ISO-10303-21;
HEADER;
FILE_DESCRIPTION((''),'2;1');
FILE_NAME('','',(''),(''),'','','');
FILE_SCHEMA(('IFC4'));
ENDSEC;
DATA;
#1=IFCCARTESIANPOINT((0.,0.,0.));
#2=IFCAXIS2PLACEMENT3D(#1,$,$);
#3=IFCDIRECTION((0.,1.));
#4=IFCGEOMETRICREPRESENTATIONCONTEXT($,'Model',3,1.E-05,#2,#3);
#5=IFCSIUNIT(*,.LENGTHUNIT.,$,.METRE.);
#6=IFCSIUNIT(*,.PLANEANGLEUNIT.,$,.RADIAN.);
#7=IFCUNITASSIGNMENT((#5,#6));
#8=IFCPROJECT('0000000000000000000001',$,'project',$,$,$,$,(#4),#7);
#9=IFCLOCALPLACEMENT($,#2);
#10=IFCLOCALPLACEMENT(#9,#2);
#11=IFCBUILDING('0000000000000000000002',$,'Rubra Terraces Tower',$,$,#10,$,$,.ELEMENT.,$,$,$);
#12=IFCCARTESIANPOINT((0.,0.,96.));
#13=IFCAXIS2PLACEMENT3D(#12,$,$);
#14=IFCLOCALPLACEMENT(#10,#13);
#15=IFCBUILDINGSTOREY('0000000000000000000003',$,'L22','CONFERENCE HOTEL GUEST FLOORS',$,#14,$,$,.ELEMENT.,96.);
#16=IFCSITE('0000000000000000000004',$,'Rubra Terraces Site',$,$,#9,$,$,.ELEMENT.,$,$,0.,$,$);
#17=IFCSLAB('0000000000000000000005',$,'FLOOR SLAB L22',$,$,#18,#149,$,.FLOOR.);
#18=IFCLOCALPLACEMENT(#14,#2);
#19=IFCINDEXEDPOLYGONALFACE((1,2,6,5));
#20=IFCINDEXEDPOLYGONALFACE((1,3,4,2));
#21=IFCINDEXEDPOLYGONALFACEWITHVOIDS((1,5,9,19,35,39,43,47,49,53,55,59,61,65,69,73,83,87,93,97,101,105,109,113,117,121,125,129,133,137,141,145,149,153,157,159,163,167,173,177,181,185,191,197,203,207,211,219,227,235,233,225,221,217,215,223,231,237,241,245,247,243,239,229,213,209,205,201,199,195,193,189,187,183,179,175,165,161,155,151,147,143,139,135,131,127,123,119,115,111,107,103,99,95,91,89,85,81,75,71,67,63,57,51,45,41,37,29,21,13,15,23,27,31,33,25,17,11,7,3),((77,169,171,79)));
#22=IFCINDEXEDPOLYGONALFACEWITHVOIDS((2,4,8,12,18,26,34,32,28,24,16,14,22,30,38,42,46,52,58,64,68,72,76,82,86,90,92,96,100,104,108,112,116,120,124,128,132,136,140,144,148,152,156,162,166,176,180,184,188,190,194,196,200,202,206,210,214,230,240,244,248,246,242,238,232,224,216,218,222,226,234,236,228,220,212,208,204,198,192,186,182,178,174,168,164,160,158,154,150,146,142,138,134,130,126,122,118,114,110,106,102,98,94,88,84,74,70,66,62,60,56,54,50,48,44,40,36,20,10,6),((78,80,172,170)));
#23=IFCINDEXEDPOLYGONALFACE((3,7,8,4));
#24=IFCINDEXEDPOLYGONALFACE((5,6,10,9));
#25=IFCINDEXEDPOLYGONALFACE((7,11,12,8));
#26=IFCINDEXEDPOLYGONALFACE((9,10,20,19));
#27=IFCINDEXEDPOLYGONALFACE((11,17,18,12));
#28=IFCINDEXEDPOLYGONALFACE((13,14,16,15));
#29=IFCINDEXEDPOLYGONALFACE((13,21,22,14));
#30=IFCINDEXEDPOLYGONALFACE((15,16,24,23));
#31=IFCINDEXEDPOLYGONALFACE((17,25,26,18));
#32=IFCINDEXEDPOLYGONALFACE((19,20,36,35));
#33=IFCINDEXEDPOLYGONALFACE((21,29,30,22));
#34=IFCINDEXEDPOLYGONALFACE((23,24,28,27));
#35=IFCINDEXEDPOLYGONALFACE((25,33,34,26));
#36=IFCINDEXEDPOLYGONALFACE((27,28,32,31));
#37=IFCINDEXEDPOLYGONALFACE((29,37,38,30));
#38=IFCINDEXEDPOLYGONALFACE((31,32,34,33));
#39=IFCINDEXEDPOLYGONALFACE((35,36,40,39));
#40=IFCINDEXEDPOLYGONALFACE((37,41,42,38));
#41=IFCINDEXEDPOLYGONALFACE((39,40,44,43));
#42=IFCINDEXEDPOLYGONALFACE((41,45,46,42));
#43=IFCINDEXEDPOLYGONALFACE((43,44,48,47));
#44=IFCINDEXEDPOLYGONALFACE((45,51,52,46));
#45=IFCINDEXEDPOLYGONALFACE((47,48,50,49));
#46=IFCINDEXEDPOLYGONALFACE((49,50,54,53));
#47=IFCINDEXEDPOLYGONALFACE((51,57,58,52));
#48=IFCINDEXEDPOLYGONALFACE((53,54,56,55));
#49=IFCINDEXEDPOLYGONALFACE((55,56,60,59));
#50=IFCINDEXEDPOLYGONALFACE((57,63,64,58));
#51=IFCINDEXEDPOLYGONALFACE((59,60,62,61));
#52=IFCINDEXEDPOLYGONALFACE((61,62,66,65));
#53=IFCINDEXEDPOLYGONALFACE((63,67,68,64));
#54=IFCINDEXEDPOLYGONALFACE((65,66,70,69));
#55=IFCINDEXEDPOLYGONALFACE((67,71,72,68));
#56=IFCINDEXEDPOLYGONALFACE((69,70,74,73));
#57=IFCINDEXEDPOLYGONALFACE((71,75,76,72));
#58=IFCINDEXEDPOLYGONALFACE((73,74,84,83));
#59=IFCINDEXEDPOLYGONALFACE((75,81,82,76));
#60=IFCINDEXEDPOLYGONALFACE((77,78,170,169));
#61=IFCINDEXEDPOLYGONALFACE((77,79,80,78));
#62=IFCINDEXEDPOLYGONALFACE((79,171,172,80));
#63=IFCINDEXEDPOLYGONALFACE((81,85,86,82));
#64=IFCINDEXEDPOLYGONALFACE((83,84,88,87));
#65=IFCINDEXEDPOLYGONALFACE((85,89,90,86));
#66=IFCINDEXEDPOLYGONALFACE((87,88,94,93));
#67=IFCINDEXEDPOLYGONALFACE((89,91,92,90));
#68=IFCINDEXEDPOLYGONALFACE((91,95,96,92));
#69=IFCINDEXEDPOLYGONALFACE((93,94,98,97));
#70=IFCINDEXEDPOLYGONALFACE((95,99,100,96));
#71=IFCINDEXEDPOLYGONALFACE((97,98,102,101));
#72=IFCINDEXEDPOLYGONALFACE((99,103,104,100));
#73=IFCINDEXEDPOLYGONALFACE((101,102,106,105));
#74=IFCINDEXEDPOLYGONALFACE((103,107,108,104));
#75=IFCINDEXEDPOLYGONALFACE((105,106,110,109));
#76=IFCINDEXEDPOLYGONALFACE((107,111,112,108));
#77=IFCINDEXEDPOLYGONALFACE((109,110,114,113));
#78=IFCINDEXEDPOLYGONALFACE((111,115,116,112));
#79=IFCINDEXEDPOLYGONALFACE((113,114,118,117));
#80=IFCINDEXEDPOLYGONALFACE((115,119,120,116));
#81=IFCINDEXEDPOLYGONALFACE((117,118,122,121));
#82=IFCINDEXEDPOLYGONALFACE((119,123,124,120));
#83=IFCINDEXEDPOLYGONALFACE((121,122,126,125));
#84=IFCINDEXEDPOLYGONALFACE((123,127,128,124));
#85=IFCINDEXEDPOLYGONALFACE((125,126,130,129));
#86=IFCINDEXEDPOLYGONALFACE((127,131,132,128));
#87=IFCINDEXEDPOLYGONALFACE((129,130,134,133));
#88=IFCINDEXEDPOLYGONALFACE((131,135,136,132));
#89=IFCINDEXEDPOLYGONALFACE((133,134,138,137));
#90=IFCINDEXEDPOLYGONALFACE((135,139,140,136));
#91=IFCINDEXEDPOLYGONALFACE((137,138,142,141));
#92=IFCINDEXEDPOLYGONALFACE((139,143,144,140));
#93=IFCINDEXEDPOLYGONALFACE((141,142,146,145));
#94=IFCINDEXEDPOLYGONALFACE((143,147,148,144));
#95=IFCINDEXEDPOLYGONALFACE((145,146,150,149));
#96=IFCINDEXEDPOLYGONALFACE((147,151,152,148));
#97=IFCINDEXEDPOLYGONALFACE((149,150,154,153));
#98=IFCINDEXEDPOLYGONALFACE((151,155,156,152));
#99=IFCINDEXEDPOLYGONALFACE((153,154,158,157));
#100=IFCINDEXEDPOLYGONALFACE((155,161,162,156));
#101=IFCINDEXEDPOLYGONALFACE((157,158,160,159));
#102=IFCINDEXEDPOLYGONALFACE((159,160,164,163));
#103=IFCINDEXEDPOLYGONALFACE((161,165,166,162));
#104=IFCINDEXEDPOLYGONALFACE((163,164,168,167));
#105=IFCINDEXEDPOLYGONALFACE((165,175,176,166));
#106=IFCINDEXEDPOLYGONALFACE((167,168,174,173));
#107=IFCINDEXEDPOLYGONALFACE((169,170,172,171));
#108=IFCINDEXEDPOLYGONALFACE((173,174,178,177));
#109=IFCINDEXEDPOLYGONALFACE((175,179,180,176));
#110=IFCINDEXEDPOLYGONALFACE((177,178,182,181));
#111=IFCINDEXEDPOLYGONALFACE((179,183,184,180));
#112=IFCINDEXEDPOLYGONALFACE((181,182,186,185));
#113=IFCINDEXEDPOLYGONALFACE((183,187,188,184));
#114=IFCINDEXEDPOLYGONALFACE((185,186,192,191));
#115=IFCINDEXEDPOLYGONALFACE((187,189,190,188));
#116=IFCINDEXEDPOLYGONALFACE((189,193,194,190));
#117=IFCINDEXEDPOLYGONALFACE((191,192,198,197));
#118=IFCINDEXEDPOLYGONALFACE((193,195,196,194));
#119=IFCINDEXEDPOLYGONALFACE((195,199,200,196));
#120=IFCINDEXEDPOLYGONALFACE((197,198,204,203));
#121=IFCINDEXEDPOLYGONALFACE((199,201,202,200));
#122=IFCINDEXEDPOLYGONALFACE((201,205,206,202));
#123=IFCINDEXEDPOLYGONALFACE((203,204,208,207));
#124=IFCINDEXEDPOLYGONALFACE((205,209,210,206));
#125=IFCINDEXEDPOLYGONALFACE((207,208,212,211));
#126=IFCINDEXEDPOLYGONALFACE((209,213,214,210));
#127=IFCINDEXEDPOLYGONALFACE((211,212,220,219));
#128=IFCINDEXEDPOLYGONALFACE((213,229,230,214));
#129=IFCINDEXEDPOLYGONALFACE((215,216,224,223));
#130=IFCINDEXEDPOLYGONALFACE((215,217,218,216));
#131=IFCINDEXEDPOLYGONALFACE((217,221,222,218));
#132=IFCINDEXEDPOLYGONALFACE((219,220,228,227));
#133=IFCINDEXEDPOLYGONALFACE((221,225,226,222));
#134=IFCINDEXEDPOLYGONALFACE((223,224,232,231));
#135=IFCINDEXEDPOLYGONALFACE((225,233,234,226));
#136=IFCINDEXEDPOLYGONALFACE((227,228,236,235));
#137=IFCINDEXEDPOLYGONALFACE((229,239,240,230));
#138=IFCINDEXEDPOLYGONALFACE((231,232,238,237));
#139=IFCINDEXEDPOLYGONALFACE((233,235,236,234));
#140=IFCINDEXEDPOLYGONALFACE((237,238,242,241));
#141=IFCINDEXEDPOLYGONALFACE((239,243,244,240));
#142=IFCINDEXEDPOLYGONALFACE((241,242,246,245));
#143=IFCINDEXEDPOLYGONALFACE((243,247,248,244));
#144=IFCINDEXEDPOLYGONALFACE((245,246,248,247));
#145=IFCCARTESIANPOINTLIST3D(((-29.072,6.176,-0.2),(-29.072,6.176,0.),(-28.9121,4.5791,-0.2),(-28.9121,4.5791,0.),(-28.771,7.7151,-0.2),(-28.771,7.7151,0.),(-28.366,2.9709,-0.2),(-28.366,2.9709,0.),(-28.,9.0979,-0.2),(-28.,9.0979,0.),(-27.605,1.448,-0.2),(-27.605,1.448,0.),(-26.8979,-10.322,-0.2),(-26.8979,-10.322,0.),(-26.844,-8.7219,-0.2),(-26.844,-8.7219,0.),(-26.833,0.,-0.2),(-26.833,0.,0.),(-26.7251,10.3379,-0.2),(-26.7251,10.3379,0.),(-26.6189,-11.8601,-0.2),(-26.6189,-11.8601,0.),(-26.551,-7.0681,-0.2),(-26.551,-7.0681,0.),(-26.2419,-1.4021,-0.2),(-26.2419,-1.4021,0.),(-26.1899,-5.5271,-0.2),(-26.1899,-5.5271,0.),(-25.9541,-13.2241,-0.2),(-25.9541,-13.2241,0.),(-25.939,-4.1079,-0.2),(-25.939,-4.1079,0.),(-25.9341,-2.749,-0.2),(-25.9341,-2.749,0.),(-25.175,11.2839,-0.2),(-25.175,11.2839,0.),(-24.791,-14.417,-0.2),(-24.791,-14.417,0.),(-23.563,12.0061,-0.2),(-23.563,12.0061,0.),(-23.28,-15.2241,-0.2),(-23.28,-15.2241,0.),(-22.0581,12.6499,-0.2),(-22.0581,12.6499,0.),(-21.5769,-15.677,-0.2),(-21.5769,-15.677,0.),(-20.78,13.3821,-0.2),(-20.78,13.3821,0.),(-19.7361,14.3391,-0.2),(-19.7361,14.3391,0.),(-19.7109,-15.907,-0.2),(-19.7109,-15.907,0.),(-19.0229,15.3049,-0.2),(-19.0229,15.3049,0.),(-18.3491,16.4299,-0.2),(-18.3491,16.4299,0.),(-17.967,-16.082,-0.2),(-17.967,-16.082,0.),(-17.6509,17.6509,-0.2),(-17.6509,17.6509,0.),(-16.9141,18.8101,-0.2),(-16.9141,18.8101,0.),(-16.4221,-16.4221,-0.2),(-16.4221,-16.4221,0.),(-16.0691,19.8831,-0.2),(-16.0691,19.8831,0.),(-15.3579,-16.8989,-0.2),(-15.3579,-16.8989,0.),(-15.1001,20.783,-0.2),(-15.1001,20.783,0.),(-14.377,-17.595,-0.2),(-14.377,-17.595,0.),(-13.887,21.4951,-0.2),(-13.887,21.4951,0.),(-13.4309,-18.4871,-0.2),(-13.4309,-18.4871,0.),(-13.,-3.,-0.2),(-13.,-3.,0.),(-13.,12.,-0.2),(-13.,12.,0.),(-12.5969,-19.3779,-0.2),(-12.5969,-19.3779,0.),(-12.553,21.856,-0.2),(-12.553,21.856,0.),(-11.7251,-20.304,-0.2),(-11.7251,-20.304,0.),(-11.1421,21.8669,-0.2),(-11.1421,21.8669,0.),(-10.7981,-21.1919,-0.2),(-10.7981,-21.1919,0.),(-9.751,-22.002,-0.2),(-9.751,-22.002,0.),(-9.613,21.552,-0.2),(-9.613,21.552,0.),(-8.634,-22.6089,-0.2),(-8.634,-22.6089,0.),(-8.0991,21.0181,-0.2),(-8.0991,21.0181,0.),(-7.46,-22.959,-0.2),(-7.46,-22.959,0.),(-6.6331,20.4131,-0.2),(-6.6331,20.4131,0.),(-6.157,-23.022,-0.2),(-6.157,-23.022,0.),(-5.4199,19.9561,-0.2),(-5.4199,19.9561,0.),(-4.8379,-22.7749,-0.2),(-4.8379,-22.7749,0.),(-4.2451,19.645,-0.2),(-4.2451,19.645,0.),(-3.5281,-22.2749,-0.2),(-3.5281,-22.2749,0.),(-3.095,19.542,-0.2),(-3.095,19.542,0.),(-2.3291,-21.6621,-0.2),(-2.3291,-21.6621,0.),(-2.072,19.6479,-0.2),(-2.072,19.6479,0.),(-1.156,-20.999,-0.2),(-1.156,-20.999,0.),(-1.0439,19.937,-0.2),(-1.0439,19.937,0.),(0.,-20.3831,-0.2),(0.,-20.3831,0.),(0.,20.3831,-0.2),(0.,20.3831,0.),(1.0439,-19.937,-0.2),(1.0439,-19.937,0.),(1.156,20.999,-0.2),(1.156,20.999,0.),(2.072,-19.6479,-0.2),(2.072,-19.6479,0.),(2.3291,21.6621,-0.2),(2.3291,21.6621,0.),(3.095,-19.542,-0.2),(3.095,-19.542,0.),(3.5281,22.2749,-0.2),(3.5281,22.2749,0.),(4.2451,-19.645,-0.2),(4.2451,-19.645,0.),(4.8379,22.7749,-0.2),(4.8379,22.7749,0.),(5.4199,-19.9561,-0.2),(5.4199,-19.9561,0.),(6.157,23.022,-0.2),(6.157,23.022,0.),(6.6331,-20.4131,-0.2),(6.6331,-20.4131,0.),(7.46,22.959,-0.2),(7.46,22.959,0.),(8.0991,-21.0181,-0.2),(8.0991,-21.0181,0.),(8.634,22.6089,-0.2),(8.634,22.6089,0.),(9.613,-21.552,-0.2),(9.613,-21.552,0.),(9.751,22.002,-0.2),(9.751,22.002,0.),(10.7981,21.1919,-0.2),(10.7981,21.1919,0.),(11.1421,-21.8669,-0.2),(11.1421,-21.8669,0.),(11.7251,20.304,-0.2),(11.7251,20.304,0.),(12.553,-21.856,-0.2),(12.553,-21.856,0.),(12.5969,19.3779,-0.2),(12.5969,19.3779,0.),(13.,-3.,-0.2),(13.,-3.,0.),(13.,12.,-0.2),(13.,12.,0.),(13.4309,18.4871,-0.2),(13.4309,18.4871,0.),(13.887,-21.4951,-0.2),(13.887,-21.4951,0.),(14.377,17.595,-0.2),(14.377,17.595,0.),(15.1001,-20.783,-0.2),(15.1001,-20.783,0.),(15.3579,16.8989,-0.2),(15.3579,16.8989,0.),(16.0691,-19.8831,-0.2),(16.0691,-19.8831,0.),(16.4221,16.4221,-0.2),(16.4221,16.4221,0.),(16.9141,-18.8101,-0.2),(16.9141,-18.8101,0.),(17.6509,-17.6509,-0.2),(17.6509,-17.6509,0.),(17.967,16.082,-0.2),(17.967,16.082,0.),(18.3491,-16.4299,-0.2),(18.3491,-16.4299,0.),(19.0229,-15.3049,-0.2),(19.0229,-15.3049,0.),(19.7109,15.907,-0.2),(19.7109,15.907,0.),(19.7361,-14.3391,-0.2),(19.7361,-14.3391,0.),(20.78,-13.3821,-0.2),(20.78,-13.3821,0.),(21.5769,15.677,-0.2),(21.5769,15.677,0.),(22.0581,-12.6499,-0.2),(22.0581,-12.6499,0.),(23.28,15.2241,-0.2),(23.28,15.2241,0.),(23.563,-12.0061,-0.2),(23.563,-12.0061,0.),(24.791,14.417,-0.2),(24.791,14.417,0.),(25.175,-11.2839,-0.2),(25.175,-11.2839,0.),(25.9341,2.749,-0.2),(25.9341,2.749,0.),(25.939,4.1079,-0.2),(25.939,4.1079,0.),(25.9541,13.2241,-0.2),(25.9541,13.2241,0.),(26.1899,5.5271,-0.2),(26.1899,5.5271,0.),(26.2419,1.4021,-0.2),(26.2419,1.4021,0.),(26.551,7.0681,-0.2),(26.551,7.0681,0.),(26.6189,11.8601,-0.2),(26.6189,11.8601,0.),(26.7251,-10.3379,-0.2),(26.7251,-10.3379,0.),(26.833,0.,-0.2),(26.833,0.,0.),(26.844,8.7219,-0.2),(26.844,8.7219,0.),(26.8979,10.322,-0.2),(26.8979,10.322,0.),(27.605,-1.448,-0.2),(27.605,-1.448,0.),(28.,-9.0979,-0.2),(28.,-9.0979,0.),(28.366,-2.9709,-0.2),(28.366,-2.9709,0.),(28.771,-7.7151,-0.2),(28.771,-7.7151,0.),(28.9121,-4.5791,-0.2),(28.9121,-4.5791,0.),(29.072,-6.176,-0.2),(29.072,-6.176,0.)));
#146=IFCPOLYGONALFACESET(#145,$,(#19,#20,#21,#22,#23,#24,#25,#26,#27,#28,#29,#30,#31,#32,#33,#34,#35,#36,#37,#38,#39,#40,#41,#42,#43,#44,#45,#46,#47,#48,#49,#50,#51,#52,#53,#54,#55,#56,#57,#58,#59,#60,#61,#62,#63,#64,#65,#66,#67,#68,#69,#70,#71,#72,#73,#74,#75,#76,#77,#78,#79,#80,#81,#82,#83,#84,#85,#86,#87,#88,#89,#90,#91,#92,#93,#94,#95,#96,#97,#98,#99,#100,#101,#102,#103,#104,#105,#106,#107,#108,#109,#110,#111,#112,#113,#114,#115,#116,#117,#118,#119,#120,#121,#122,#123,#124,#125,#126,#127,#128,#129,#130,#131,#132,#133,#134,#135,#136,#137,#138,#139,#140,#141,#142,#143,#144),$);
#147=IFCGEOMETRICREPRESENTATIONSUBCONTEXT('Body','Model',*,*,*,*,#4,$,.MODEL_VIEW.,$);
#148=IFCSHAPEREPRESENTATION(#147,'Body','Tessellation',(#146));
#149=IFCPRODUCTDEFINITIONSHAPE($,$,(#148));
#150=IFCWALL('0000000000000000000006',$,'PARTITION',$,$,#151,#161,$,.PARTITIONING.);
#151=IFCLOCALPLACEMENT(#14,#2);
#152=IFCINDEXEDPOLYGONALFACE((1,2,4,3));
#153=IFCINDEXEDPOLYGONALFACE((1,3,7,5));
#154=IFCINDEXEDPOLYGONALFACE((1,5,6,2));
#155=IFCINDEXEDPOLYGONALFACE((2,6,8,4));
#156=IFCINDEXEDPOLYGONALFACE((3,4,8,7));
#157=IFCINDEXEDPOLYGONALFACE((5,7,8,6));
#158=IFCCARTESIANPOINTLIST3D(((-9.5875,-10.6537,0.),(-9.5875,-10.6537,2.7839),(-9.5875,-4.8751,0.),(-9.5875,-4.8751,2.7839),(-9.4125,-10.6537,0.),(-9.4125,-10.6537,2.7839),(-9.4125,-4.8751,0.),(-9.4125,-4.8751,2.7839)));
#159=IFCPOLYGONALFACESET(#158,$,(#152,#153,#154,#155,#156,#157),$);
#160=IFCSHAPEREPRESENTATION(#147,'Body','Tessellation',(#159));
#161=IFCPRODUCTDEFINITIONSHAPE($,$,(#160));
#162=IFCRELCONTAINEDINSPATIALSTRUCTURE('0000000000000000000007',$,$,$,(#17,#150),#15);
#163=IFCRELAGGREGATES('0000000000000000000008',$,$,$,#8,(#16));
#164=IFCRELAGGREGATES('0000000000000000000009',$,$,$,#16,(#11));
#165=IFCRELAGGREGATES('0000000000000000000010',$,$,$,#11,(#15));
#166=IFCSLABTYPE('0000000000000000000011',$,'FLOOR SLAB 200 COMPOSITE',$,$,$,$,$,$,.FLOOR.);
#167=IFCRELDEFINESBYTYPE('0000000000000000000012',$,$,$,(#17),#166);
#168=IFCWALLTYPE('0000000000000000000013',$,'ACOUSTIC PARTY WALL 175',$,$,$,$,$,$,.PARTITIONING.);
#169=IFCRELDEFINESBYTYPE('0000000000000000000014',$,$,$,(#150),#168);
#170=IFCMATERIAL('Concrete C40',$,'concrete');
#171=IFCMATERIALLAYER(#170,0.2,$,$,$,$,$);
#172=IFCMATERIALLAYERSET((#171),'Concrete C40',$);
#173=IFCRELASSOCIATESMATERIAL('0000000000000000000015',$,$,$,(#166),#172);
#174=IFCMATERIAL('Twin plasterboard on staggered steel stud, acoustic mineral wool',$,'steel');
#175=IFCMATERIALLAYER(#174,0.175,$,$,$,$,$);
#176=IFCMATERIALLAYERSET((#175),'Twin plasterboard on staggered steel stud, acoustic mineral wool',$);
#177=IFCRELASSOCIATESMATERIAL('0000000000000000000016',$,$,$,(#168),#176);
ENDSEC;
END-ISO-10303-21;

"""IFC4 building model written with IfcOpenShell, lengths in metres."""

from ifc_helpers import new_model, si_unit, direction, frame, frame_2d, origin, place, context, subcontext, project, spatial, polyline, rectangle, outline, extrude, material, layer, layer_set, type_object, element, save


model = new_model("IFC4")

# Units and contexts
model_context = context("Model", 3, precision=1e-05, world=origin(), true_north=direction((0.0, 1.0)))
body_context = subcontext(model_context, "Body", "Model", "MODEL_VIEW")
ifc_project = project(units=[si_unit("LENGTHUNIT", "METRE"), si_unit("PLANEANGLEUNIT", "RADIAN")], contexts=[model_context])

# Site, building, storey
site_placement = place(None, origin())
site = spatial("IfcSite", under=ifc_project, at=site_placement, Name="Rubra Terraces Site", CompositionType="ELEMENT", RefElevation=0.0)
building_placement = place(site_placement, origin())
building = spatial("IfcBuilding", under=site, at=building_placement, Name="Rubra Terraces Tower", CompositionType="ELEMENT")
storey_placement = place(building_placement, frame((0.0, 0.0, 96.0)))
storey = spatial("IfcBuildingStorey", under=building, at=storey_placement, Name="L22", Description="CONFERENCE HOTEL GUEST FLOORS", CompositionType="ELEMENT", Elevation=96.0)

# Slab
ifc_material_1 = material(Name="Concrete C40", Category="concrete")
ifc_layer_1 = layer(ifc_material_1, 0.2)
ifc_layer_set_1 = layer_set([ifc_layer_1], Name="Concrete C40")
slab_type_1 = type_object("IfcSlabType", Name="FLOOR SLAB 200 COMPOSITE", PredefinedType="FLOOR", material=ifc_layer_set_1)
slab_1_placement = place(storey_placement, frame((0.0, 0.0, -0.2)))
element("IfcSlab", 1, at=slab_1_placement, inside=storey, type_object=slab_type_1, Name="FLOOR SLAB L22", PredefinedType="FLOOR", context=body_context, shape_type="SweptSolid", body=[
    extrude(outline(polyline([(27.605, -1.448), (26.833, 0.0), (26.2419, 1.4021), (25.9341, 2.749), (25.939, 4.1079), (26.1899, 5.5271), (26.551, 7.0681), (26.844, 8.7219), (26.8979, 10.322), (26.6189, 11.8601), (25.9541, 13.2241), (24.791, 14.417), (23.28, 15.2241), (21.5769, 15.677), (19.7109, 15.907), (17.967, 16.082), (16.4221, 16.4221), (15.3579, 16.8989), (14.377, 17.595), (13.4309, 18.4871), (12.5969, 19.3779), (11.7251, 20.304), (10.7981, 21.1919), (9.751, 22.002), (8.634, 22.6089), (7.46, 22.959), (6.157, 23.022), (4.8379, 22.7749), (3.5281, 22.2749), (2.3291, 21.6621), (1.156, 20.999), (0.0, 20.3831), (-1.0439, 19.937), (-2.072, 19.6479), (-3.095, 19.542), (-4.2451, 19.645), (-5.4199, 19.9561), (-6.6331, 20.4131), (-8.0991, 21.0181), (-9.613, 21.552), (-11.1421, 21.8669), (-12.553, 21.856), (-13.887, 21.4951), (-15.1001, 20.783), (-16.0691, 19.8831), (-16.9141, 18.8101), (-17.6509, 17.6509), (-18.3491, 16.4299), (-19.0229, 15.3049), (-19.7361, 14.3391), (-20.78, 13.3821), (-22.0581, 12.6499), (-23.563, 12.0061), (-25.175, 11.2839), (-26.7251, 10.3379), (-28.0, 9.0979), (-28.771, 7.7151), (-29.072, 6.176), (-28.9121, 4.5791), (-28.366, 2.9709), (-27.605, 1.448), (-26.833, 0.0), (-26.2419, -1.4021), (-25.9341, -2.749), (-25.939, -4.1079), (-26.1899, -5.5271), (-26.551, -7.0681), (-26.844, -8.7219), (-26.8979, -10.322), (-26.6189, -11.8601), (-25.9541, -13.2241), (-24.791, -14.417), (-23.28, -15.2241), (-21.5769, -15.677), (-19.7109, -15.907), (-17.967, -16.082), (-16.4221, -16.4221), (-15.3579, -16.8989), (-14.377, -17.595), (-13.4309, -18.4871), (-12.5969, -19.3779), (-11.7251, -20.304), (-10.7981, -21.1919), (-9.751, -22.002), (-8.634, -22.6089), (-7.46, -22.959), (-6.157, -23.022), (-4.8379, -22.7749), (-3.5281, -22.2749), (-2.3291, -21.6621), (-1.156, -20.999), (0.0, -20.3831), (1.0439, -19.937), (2.072, -19.6479), (3.095, -19.542), (4.2451, -19.645), (5.4199, -19.9561), (6.6331, -20.4131), (8.0991, -21.0181), (9.613, -21.552), (11.1421, -21.8669), (12.553, -21.856), (13.887, -21.4951), (15.1001, -20.783), (16.0691, -19.8831), (16.9141, -18.8101), (17.6509, -17.6509), (18.3491, -16.4299), (19.0229, -15.3049), (19.7361, -14.3391), (20.78, -13.3821), (22.0581, -12.6499), (23.563, -12.0061), (25.175, -11.2839), (26.7251, -10.3379), (28.0, -9.0979), (28.771, -7.7151), (29.072, -6.176), (28.9121, -4.5791), (28.366, -2.9709), (27.605, -1.448)]), holes=[polyline([(13.0, 12.0), (13.0, -3.0), (-13.0, -3.0), (-13.0, 12.0), (13.0, 12.0)])]), origin(), (0.0, 0.0, 1.0), 0.2),
])

# Wall
ifc_material_2 = material(Name="Twin plasterboard on staggered steel stud, acoustic mineral wool", Category="steel")
ifc_layer_2 = layer(ifc_material_2, 0.175)
ifc_layer_set_2 = layer_set([ifc_layer_2], Name="Twin plasterboard on staggered steel stud, acoustic mineral wool")
wall_type_1 = type_object("IfcWallType", Name="ACOUSTIC PARTY WALL 175", PredefinedType="PARTITIONING", material=ifc_layer_set_2)
wall_1_placement = place(storey_placement, frame((-9.5, -10.6536, 0.0), z_axis=(0.0, 0.0, 1.0), x_axis=(0.0, 1.0, 0.0)))
element("IfcWall", 2, at=wall_1_placement, inside=storey, type_object=wall_type_1, Name="PARTITION", PredefinedType="PARTITIONING", context=body_context, shape_type="SweptSolid", body=[
    extrude(rectangle(XDim=5.7786, YDim=0.175, at=frame_2d((2.8892, 0.0))), origin(), (0.0, 0.0, 1.0), 2.7839),
])

save(model, "model.ifc")
